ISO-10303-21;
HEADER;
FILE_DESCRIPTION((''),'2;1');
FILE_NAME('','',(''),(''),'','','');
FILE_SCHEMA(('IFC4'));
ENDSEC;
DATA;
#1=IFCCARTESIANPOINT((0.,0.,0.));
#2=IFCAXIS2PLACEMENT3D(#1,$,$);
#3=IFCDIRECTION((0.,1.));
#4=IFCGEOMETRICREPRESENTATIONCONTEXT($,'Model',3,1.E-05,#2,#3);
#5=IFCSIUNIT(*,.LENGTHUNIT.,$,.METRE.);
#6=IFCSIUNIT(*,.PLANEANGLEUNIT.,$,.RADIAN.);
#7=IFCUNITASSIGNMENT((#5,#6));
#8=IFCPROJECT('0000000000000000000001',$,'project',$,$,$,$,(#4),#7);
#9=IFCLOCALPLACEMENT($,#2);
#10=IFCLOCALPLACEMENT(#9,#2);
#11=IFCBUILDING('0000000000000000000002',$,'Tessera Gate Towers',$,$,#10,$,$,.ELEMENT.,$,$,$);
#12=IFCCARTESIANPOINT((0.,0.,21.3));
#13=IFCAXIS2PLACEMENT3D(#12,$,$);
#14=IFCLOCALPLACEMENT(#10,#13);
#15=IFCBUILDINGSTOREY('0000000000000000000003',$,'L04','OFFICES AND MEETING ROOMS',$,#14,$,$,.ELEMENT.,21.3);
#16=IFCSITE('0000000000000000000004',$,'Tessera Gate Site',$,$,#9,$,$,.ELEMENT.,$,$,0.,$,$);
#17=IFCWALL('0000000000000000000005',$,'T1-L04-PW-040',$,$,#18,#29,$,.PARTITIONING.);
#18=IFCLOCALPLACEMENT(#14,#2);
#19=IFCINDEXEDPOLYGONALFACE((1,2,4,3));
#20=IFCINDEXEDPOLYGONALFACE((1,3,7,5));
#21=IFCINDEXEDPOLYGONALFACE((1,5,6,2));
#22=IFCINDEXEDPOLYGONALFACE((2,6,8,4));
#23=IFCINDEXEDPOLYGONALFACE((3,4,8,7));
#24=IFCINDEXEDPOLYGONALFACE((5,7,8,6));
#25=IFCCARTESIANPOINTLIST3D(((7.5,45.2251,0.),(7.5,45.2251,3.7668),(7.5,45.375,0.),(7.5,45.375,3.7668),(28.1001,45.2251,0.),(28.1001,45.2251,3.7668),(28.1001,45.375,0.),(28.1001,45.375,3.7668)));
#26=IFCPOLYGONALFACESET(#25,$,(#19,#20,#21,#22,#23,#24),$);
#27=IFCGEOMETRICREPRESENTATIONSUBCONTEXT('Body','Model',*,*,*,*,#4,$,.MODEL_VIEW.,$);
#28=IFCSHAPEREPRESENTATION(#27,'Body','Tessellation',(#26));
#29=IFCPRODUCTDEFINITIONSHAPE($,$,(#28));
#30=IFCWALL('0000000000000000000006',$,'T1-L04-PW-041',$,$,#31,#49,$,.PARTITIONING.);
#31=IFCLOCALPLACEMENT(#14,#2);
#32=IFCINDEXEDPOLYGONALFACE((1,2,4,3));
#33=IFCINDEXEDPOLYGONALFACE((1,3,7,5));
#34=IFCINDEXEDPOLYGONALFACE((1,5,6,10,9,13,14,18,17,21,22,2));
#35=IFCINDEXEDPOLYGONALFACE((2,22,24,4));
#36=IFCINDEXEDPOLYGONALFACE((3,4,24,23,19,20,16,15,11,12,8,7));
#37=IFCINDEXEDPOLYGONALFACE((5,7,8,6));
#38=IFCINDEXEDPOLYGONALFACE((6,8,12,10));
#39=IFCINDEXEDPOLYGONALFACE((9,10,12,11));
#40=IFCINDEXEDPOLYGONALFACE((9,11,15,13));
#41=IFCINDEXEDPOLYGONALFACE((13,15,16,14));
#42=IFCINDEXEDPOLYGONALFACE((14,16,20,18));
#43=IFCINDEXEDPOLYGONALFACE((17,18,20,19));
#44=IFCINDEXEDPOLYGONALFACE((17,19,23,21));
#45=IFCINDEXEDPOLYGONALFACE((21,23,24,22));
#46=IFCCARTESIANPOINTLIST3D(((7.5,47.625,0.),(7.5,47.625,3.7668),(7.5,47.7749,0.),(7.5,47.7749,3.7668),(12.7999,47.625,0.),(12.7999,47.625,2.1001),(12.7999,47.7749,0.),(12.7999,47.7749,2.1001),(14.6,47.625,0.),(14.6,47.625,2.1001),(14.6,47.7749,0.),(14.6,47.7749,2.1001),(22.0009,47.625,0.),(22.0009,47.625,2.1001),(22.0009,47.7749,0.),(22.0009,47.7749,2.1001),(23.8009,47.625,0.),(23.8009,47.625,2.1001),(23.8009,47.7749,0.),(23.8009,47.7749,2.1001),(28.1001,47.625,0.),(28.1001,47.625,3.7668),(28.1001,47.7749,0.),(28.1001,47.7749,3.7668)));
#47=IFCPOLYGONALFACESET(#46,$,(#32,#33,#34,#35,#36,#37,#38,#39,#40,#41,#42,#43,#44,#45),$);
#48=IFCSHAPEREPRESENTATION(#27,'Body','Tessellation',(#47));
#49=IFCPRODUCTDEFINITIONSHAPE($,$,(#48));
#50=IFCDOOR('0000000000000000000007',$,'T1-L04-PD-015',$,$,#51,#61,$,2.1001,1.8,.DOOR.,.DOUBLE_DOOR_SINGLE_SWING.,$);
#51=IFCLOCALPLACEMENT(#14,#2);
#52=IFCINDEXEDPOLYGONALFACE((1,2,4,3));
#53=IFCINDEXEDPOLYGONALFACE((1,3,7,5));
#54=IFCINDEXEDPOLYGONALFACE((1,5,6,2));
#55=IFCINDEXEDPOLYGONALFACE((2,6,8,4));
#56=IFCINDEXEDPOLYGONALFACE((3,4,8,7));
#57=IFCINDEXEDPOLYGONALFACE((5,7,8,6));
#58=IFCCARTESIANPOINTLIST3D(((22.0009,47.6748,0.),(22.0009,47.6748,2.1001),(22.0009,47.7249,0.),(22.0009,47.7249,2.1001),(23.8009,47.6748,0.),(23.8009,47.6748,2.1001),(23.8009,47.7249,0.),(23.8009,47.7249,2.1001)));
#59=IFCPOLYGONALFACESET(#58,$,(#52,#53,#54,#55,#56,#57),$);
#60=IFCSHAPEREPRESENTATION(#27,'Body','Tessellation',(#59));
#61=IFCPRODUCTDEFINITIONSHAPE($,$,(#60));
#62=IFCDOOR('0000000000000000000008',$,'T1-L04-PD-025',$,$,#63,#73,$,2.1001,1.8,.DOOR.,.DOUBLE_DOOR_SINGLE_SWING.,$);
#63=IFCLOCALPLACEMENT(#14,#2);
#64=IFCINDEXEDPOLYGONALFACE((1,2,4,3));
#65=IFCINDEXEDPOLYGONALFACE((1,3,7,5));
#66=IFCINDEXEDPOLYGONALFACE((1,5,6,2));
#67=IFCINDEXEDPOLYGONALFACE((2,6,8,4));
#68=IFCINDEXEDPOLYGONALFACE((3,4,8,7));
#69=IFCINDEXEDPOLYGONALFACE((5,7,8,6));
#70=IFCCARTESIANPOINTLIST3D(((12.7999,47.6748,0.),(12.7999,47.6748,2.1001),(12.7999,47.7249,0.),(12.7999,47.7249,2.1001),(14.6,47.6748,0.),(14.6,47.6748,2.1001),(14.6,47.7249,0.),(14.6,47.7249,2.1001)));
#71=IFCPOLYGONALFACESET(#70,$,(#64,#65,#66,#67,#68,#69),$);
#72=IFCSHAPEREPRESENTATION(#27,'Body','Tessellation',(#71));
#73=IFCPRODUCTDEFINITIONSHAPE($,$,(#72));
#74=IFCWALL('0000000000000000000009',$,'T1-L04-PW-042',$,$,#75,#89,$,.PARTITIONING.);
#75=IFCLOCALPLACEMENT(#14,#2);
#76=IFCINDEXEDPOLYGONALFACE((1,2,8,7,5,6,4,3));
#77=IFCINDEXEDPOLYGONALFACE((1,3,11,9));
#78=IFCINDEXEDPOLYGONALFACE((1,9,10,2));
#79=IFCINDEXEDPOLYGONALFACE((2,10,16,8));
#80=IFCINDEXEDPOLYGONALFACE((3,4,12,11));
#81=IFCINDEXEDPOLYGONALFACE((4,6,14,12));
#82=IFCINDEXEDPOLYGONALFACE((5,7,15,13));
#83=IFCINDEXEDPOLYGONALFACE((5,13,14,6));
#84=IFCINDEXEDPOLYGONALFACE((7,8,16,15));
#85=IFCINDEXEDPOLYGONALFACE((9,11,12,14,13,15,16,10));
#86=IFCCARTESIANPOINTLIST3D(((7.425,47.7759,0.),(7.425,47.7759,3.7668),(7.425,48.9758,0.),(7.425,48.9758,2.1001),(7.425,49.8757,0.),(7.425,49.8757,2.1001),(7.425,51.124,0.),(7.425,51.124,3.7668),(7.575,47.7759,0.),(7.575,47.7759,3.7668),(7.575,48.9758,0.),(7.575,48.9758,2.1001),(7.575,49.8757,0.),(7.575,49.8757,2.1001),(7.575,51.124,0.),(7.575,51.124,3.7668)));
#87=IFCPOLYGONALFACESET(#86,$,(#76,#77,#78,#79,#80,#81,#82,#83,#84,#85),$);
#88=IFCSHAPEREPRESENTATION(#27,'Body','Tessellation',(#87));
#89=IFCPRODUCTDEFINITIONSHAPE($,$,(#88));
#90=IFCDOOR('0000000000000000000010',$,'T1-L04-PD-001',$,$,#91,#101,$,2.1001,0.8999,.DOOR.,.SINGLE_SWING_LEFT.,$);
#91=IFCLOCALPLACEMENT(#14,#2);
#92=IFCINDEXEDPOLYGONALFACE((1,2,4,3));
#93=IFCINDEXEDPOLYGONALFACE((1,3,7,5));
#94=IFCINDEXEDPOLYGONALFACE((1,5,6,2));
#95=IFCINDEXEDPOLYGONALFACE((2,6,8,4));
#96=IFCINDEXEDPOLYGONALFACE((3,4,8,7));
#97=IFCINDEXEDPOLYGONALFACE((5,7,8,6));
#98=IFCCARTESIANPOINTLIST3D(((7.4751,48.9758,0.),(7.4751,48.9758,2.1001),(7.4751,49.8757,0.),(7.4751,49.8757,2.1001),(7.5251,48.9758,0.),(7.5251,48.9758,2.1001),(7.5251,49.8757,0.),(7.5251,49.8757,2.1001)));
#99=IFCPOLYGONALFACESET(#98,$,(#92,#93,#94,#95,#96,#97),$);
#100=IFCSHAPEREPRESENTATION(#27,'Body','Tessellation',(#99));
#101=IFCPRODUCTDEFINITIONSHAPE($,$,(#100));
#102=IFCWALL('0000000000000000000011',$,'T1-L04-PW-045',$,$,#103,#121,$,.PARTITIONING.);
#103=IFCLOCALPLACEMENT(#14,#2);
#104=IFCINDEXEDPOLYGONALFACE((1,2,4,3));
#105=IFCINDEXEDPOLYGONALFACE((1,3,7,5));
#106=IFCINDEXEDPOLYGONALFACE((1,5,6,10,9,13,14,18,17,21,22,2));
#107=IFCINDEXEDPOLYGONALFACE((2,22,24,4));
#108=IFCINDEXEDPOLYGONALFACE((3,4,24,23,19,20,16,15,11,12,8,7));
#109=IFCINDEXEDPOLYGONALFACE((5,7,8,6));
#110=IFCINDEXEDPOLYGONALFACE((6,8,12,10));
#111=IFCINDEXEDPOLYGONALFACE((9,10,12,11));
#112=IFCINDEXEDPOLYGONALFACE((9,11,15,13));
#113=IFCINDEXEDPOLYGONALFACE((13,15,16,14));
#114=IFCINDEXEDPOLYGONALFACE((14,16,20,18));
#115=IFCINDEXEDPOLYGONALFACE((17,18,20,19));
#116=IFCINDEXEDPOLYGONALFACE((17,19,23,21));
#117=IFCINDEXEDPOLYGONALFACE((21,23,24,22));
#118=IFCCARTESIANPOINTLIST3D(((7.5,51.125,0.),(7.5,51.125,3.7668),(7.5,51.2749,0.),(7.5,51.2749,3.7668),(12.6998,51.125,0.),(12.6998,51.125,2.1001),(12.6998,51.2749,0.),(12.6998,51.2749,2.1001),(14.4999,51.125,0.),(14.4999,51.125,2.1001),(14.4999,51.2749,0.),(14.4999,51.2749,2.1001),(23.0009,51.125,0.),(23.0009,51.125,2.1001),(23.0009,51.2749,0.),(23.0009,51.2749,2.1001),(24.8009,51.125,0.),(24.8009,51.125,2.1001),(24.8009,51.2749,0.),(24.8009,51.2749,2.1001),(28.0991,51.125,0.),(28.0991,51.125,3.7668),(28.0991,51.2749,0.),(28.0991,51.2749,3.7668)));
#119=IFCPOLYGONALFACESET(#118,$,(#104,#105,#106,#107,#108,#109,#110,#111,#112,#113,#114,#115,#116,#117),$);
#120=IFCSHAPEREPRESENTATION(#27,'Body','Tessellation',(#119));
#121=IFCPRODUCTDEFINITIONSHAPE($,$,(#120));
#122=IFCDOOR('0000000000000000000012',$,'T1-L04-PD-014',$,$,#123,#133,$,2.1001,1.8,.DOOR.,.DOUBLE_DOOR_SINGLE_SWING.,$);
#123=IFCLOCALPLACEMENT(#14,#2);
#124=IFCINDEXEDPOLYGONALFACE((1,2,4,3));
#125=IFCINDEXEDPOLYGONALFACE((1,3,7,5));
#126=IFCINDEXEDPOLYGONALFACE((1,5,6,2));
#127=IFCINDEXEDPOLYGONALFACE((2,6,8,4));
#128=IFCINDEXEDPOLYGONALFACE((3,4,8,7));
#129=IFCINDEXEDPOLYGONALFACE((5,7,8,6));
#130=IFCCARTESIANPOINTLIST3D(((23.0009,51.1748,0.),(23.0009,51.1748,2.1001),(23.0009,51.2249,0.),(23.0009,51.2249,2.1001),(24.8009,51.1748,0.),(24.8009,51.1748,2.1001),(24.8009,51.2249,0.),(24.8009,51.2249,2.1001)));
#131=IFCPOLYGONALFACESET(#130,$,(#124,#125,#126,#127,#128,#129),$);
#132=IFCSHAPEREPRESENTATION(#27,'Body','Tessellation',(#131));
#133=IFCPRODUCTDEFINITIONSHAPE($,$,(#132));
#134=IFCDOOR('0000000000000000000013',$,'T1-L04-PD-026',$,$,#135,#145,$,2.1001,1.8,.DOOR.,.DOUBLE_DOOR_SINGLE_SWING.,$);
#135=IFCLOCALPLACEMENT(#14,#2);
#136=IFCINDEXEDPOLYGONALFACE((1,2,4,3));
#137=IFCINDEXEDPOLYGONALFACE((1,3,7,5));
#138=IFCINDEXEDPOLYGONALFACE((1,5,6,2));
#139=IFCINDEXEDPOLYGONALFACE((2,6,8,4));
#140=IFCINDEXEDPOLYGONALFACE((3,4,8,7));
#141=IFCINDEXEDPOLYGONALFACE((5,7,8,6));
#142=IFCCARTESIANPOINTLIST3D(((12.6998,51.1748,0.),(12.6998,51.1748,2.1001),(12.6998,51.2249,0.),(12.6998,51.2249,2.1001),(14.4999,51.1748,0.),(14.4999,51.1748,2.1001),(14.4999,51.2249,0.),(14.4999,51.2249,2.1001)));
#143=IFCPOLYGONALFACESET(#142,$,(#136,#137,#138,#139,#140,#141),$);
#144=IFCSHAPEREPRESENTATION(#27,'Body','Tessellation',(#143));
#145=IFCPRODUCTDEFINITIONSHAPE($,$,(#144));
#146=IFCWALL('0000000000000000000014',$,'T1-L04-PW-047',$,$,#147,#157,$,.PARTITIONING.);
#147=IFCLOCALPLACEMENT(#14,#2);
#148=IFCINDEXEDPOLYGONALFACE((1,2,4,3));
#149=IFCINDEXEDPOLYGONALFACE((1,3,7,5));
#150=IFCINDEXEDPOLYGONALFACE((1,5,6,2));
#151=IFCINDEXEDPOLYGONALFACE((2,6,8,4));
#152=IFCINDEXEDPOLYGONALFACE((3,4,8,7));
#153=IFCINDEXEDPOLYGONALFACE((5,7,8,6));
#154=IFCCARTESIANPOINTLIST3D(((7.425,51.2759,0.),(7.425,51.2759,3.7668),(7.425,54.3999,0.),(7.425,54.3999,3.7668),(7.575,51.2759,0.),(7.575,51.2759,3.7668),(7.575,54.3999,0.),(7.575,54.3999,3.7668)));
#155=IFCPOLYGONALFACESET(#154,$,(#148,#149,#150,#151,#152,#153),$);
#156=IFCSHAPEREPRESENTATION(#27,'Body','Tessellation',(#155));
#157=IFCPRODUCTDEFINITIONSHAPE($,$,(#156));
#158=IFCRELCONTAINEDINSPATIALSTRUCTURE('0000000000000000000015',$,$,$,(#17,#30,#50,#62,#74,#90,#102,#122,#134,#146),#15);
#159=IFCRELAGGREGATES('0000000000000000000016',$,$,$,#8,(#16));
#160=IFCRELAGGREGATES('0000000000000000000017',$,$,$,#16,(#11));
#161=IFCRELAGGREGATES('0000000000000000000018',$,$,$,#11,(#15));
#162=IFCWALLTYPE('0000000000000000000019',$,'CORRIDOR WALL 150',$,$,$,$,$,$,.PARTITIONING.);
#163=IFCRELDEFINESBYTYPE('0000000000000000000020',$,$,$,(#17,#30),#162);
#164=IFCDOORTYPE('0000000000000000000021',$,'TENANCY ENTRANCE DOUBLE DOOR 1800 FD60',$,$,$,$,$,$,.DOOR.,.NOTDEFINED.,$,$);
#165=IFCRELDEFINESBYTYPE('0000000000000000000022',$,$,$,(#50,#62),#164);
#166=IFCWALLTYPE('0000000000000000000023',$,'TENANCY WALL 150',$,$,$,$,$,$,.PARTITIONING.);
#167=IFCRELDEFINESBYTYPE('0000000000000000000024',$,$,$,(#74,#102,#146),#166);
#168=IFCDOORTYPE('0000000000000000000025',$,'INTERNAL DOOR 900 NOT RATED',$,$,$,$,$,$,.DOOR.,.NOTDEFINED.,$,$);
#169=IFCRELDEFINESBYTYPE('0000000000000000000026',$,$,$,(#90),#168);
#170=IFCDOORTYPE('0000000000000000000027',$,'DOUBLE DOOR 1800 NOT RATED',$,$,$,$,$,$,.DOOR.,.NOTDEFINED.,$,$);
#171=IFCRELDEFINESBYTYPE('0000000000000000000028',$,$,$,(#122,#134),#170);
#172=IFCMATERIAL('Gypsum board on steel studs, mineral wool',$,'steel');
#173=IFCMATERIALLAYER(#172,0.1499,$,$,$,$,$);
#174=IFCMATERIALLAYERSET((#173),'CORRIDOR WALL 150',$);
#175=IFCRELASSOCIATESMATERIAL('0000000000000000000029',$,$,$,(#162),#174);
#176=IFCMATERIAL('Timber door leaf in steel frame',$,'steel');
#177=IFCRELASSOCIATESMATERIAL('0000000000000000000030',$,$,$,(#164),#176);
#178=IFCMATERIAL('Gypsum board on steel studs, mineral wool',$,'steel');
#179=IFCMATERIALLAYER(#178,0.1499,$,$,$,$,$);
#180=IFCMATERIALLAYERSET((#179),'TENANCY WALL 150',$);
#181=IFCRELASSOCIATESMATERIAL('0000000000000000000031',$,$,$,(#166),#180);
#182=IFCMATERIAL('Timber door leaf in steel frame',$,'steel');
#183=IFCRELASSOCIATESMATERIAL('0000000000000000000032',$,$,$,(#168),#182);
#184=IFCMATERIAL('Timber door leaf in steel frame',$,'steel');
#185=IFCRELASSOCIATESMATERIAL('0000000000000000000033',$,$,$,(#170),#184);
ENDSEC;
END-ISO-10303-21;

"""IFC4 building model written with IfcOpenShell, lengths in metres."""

from ifc_helpers import new_model, si_unit, direction, frame, frame_2d, origin, place, context, subcontext, project, spatial, rectangle, extrude, source, transform, mapped, material, layer, layer_set, type_object, element, fill, save


model = new_model("IFC4")

# Units and contexts
model_context = context("Model", 3, precision=1e-05, world=origin(), true_north=direction((0.0, 1.0)))
body_context = subcontext(model_context, "Body", "Model", "MODEL_VIEW")
ifc_project = project(units=[si_unit("LENGTHUNIT", "METRE"), si_unit("PLANEANGLEUNIT", "RADIAN")], contexts=[model_context])

# Site, building, storey
site_placement = place(None, origin())
site = spatial("IfcSite", under=ifc_project, at=site_placement, Name="Tessera Gate Site", CompositionType="ELEMENT", RefElevation=0.0)
building_placement = place(site_placement, origin())
building = spatial("IfcBuilding", under=site, at=building_placement, Name="Tessera Gate Towers", CompositionType="ELEMENT")
storey_placement = place(building_placement, frame((0.0, 0.0, 21.3)))
storey = spatial("IfcBuildingStorey", under=building, at=storey_placement, Name="L04", Description="OFFICES AND MEETING ROOMS", CompositionType="ELEMENT", Elevation=21.3)

# Wall
ifc_material_1 = material(Name="Gypsum board on steel studs, mineral wool", Category="steel")
ifc_layer_1 = layer(ifc_material_1, 0.1499)
ifc_layer_set_1 = layer_set([ifc_layer_1], Name="CORRIDOR WALL 150")
wall_type_1 = type_object("IfcWallType", Name="CORRIDOR WALL 150", PredefinedType="PARTITIONING", material=ifc_layer_set_1)
wall_1_placement = place(storey_placement, frame((7.5, 45.3, 0.0), z_axis=(0.0, 0.0, 1.0), x_axis=(1.0, 0.0, 0.0)))
element("IfcWall", 1, at=wall_1_placement, inside=storey, type_object=wall_type_1, Name="T1-L04-PW-040", PredefinedType="PARTITIONING", context=body_context, shape_type="SweptSolid", body=[
    extrude(rectangle(XDim=20.6001, YDim=0.1499, at=frame_2d((10.3, 0.0))), origin(), (0.0, 0.0, 1.0), 3.7668),
])

# Wall, openings, doors
wall_2_placement = place(storey_placement, frame((7.5, 47.7, 0.0), z_axis=(0.0, 0.0, 1.0), x_axis=(1.0, 0.0, 0.0)))
wall_2 = element("IfcWall", 2, at=wall_2_placement, inside=storey, type_object=wall_type_1, Name="T1-L04-PW-041", PredefinedType="PARTITIONING", context=body_context, shape_type="SweptSolid", body=[
    extrude(rectangle(XDim=20.6001, YDim=0.1499, at=frame_2d((10.3, 0.0))), origin(), (0.0, 0.0, 1.0), 3.7668),
])
shared_shape_1 = source(origin(), body_context, "Body", "SweptSolid", [
    extrude(rectangle(XDim=1.8, YDim=2.1001, at=frame_2d((0.8999, 1.05))), frame((0.0, 0.085, 0.0), z_axis=(0.0, -1.0, 0.0), x_axis=(1.0, 0.0, 0.0)), (0.0, 0.0, 1.0), 0.1699),
])
opening_1_placement = place(wall_2_placement, frame((14.501, 0.0, 0.0)))
opening_1 = element("IfcOpeningElement", 3, at=opening_1_placement, cuts=wall_2, PredefinedType="OPENING", context=body_context, shape_type="MappedRepresentation", body=[
    mapped(shared_shape_1, transform((0.0, 0.0, 0.0), scale=1.0)),
])
opening_2_placement = place(wall_2_placement, frame((5.3, 0.0, 0.0)))
opening_2 = element("IfcOpeningElement", 4, at=opening_2_placement, cuts=wall_2, PredefinedType="OPENING", context=body_context, shape_type="MappedRepresentation", body=[
    mapped(shared_shape_1, transform((0.0, 0.0, 0.0), scale=1.0)),
])
ifc_material_2 = material(Name="Timber door leaf in steel frame", Category="steel")
door_type_1 = type_object("IfcDoorType", Name="TENANCY ENTRANCE DOUBLE DOOR 1800 FD60", OperationType="NOTDEFINED", PredefinedType="DOOR", material=ifc_material_2)
shared_shape_2 = source(origin(), body_context, "Body", "SweptSolid", [
    extrude(rectangle(XDim=1.8, YDim=2.1001, at=frame_2d((0.8999, 1.05))), frame((0.0, 0.0249, 0.0), z_axis=(0.0, -1.0, 0.0), x_axis=(1.0, 0.0, 0.0)), (0.0, 0.0, 1.0), 0.05),
])
door_1_placement = place(opening_1_placement, origin())
door_1 = element("IfcDoor", 5, at=door_1_placement, inside=storey, type_object=door_type_1, Name="T1-L04-PD-015", OperationType="DOUBLE_DOOR_SINGLE_SWING", OverallHeight=2.1001, OverallWidth=1.8, PredefinedType="DOOR", context=body_context, shape_type="MappedRepresentation", body=[
    mapped(shared_shape_2, transform((0.0, 0.0, 0.0), scale=1.0)),
])
fill(opening_1, door_1)
door_2_placement = place(opening_2_placement, origin())
door_2 = element("IfcDoor", 6, at=door_2_placement, inside=storey, type_object=door_type_1, Name="T1-L04-PD-025", OperationType="DOUBLE_DOOR_SINGLE_SWING", OverallHeight=2.1001, OverallWidth=1.8, PredefinedType="DOOR", context=body_context, shape_type="MappedRepresentation", body=[
    mapped(shared_shape_2, transform((0.0, 0.0, 0.0), scale=1.0)),
])
fill(opening_2, door_2)

# Wall, opening, door
ifc_material_3 = material(Name="Gypsum board on steel studs, mineral wool", Category="steel")
ifc_layer_2 = layer(ifc_material_3, 0.1499)
ifc_layer_set_2 = layer_set([ifc_layer_2], Name="TENANCY WALL 150")
wall_type_2 = type_object("IfcWallType", Name="TENANCY WALL 150", PredefinedType="PARTITIONING", material=ifc_layer_set_2)
wall_3_placement = place(storey_placement, frame((7.5, 47.7759, 0.0), z_axis=(0.0, 0.0, 1.0), x_axis=(0.0, 1.0, 0.0)))
wall_3 = element("IfcWall", 7, at=wall_3_placement, inside=storey, type_object=wall_type_2, Name="T1-L04-PW-042", PredefinedType="PARTITIONING", context=body_context, shape_type="SweptSolid", body=[
    extrude(rectangle(XDim=3.3481, YDim=0.1499, at=frame_2d((1.6741, 0.0))), origin(), (0.0, 0.0, 1.0), 3.7668),
])
shared_shape_3 = source(origin(), body_context, "Body", "SweptSolid", [
    extrude(rectangle(XDim=0.8999, YDim=2.1001, at=frame_2d((0.45, 1.05))), frame((0.0, 0.085, 0.0), z_axis=(0.0, -1.0, 0.0), x_axis=(1.0, 0.0, 0.0)), (0.0, 0.0, 1.0), 0.1699),
])
opening_3_placement = place(wall_3_placement, frame((1.2, 0.0, 0.0)))
opening_3 = element("IfcOpeningElement", 8, at=opening_3_placement, cuts=wall_3, PredefinedType="OPENING", context=body_context, shape_type="MappedRepresentation", body=[
    mapped(shared_shape_3, transform((0.0, 0.0, 0.0), scale=1.0)),
])
ifc_material_4 = material(Name="Timber door leaf in steel frame", Category="steel")
door_type_2 = type_object("IfcDoorType", Name="INTERNAL DOOR 900 NOT RATED", OperationType="NOTDEFINED", PredefinedType="DOOR", material=ifc_material_4)
shared_shape_4 = source(origin(), body_context, "Body", "SweptSolid", [
    extrude(rectangle(XDim=0.8999, YDim=2.1001, at=frame_2d((0.45, 1.05))), frame((0.0, 0.0249, 0.0), z_axis=(0.0, -1.0, 0.0), x_axis=(1.0, 0.0, 0.0)), (0.0, 0.0, 1.0), 0.05),
])
door_3_placement = place(opening_3_placement, origin())
door_3 = element("IfcDoor", 9, at=door_3_placement, inside=storey, type_object=door_type_2, Name="T1-L04-PD-001", OperationType="SINGLE_SWING_LEFT", OverallHeight=2.1001, OverallWidth=0.8999, PredefinedType="DOOR", context=body_context, shape_type="MappedRepresentation", body=[
    mapped(shared_shape_4, transform((0.0, 0.0, 0.0), scale=1.0)),
])
fill(opening_3, door_3)

# Wall, openings, doors
wall_4_placement = place(storey_placement, frame((7.5, 51.2, 0.0), z_axis=(0.0, 0.0, 1.0), x_axis=(1.0, 0.0, 0.0)))
wall_4 = element("IfcWall", 10, at=wall_4_placement, inside=storey, type_object=wall_type_2, Name="T1-L04-PW-045", PredefinedType="PARTITIONING", context=body_context, shape_type="SweptSolid", body=[
    extrude(rectangle(XDim=20.5991, YDim=0.1499, at=frame_2d((10.2996, 0.0))), origin(), (0.0, 0.0, 1.0), 3.7668),
])
opening_4_placement = place(wall_4_placement, frame((15.501, 0.0, 0.0)))
opening_4 = element("IfcOpeningElement", 11, at=opening_4_placement, cuts=wall_4, PredefinedType="OPENING", context=body_context, shape_type="MappedRepresentation", body=[
    mapped(shared_shape_1, transform((0.0, 0.0, 0.0), scale=1.0)),
])
opening_5_placement = place(wall_4_placement, frame((5.2, 0.0, 0.0)))
opening_5 = element("IfcOpeningElement", 12, at=opening_5_placement, cuts=wall_4, PredefinedType="OPENING", context=body_context, shape_type="MappedRepresentation", body=[
    mapped(shared_shape_1, transform((0.0, 0.0, 0.0), scale=1.0)),
])
ifc_material_5 = material(Name="Timber door leaf in steel frame", Category="steel")
door_type_3 = type_object("IfcDoorType", Name="DOUBLE DOOR 1800 NOT RATED", OperationType="NOTDEFINED", PredefinedType="DOOR", material=ifc_material_5)
door_4_placement = place(opening_4_placement, origin())
door_4 = element("IfcDoor", 13, at=door_4_placement, inside=storey, type_object=door_type_3, Name="T1-L04-PD-014", OperationType="DOUBLE_DOOR_SINGLE_SWING", OverallHeight=2.1001, OverallWidth=1.8, PredefinedType="DOOR", context=body_context, shape_type="MappedRepresentation", body=[
    mapped(shared_shape_2, transform((0.0, 0.0, 0.0), scale=1.0)),
])
fill(opening_4, door_4)
door_5_placement = place(opening_5_placement, origin())
door_5 = element("IfcDoor", 14, at=door_5_placement, inside=storey, type_object=door_type_3, Name="T1-L04-PD-026", OperationType="DOUBLE_DOOR_SINGLE_SWING", OverallHeight=2.1001, OverallWidth=1.8, PredefinedType="DOOR", context=body_context, shape_type="MappedRepresentation", body=[
    mapped(shared_shape_2, transform((0.0, 0.0, 0.0), scale=1.0)),
])
fill(opening_5, door_5)

# Wall
wall_5_placement = place(storey_placement, frame((7.5, 51.2759, 0.0), z_axis=(0.0, 0.0, 1.0), x_axis=(0.0, 1.0, 0.0)))
element("IfcWall", 15, at=wall_5_placement, inside=storey, type_object=wall_type_2, Name="T1-L04-PW-047", PredefinedType="PARTITIONING", context=body_context, shape_type="SweptSolid", body=[
    extrude(rectangle(XDim=3.124, YDim=0.1499, at=frame_2d((1.562, 0.0))), origin(), (0.0, 0.0, 1.0), 3.7668),
])

save(model, "model.ifc")
